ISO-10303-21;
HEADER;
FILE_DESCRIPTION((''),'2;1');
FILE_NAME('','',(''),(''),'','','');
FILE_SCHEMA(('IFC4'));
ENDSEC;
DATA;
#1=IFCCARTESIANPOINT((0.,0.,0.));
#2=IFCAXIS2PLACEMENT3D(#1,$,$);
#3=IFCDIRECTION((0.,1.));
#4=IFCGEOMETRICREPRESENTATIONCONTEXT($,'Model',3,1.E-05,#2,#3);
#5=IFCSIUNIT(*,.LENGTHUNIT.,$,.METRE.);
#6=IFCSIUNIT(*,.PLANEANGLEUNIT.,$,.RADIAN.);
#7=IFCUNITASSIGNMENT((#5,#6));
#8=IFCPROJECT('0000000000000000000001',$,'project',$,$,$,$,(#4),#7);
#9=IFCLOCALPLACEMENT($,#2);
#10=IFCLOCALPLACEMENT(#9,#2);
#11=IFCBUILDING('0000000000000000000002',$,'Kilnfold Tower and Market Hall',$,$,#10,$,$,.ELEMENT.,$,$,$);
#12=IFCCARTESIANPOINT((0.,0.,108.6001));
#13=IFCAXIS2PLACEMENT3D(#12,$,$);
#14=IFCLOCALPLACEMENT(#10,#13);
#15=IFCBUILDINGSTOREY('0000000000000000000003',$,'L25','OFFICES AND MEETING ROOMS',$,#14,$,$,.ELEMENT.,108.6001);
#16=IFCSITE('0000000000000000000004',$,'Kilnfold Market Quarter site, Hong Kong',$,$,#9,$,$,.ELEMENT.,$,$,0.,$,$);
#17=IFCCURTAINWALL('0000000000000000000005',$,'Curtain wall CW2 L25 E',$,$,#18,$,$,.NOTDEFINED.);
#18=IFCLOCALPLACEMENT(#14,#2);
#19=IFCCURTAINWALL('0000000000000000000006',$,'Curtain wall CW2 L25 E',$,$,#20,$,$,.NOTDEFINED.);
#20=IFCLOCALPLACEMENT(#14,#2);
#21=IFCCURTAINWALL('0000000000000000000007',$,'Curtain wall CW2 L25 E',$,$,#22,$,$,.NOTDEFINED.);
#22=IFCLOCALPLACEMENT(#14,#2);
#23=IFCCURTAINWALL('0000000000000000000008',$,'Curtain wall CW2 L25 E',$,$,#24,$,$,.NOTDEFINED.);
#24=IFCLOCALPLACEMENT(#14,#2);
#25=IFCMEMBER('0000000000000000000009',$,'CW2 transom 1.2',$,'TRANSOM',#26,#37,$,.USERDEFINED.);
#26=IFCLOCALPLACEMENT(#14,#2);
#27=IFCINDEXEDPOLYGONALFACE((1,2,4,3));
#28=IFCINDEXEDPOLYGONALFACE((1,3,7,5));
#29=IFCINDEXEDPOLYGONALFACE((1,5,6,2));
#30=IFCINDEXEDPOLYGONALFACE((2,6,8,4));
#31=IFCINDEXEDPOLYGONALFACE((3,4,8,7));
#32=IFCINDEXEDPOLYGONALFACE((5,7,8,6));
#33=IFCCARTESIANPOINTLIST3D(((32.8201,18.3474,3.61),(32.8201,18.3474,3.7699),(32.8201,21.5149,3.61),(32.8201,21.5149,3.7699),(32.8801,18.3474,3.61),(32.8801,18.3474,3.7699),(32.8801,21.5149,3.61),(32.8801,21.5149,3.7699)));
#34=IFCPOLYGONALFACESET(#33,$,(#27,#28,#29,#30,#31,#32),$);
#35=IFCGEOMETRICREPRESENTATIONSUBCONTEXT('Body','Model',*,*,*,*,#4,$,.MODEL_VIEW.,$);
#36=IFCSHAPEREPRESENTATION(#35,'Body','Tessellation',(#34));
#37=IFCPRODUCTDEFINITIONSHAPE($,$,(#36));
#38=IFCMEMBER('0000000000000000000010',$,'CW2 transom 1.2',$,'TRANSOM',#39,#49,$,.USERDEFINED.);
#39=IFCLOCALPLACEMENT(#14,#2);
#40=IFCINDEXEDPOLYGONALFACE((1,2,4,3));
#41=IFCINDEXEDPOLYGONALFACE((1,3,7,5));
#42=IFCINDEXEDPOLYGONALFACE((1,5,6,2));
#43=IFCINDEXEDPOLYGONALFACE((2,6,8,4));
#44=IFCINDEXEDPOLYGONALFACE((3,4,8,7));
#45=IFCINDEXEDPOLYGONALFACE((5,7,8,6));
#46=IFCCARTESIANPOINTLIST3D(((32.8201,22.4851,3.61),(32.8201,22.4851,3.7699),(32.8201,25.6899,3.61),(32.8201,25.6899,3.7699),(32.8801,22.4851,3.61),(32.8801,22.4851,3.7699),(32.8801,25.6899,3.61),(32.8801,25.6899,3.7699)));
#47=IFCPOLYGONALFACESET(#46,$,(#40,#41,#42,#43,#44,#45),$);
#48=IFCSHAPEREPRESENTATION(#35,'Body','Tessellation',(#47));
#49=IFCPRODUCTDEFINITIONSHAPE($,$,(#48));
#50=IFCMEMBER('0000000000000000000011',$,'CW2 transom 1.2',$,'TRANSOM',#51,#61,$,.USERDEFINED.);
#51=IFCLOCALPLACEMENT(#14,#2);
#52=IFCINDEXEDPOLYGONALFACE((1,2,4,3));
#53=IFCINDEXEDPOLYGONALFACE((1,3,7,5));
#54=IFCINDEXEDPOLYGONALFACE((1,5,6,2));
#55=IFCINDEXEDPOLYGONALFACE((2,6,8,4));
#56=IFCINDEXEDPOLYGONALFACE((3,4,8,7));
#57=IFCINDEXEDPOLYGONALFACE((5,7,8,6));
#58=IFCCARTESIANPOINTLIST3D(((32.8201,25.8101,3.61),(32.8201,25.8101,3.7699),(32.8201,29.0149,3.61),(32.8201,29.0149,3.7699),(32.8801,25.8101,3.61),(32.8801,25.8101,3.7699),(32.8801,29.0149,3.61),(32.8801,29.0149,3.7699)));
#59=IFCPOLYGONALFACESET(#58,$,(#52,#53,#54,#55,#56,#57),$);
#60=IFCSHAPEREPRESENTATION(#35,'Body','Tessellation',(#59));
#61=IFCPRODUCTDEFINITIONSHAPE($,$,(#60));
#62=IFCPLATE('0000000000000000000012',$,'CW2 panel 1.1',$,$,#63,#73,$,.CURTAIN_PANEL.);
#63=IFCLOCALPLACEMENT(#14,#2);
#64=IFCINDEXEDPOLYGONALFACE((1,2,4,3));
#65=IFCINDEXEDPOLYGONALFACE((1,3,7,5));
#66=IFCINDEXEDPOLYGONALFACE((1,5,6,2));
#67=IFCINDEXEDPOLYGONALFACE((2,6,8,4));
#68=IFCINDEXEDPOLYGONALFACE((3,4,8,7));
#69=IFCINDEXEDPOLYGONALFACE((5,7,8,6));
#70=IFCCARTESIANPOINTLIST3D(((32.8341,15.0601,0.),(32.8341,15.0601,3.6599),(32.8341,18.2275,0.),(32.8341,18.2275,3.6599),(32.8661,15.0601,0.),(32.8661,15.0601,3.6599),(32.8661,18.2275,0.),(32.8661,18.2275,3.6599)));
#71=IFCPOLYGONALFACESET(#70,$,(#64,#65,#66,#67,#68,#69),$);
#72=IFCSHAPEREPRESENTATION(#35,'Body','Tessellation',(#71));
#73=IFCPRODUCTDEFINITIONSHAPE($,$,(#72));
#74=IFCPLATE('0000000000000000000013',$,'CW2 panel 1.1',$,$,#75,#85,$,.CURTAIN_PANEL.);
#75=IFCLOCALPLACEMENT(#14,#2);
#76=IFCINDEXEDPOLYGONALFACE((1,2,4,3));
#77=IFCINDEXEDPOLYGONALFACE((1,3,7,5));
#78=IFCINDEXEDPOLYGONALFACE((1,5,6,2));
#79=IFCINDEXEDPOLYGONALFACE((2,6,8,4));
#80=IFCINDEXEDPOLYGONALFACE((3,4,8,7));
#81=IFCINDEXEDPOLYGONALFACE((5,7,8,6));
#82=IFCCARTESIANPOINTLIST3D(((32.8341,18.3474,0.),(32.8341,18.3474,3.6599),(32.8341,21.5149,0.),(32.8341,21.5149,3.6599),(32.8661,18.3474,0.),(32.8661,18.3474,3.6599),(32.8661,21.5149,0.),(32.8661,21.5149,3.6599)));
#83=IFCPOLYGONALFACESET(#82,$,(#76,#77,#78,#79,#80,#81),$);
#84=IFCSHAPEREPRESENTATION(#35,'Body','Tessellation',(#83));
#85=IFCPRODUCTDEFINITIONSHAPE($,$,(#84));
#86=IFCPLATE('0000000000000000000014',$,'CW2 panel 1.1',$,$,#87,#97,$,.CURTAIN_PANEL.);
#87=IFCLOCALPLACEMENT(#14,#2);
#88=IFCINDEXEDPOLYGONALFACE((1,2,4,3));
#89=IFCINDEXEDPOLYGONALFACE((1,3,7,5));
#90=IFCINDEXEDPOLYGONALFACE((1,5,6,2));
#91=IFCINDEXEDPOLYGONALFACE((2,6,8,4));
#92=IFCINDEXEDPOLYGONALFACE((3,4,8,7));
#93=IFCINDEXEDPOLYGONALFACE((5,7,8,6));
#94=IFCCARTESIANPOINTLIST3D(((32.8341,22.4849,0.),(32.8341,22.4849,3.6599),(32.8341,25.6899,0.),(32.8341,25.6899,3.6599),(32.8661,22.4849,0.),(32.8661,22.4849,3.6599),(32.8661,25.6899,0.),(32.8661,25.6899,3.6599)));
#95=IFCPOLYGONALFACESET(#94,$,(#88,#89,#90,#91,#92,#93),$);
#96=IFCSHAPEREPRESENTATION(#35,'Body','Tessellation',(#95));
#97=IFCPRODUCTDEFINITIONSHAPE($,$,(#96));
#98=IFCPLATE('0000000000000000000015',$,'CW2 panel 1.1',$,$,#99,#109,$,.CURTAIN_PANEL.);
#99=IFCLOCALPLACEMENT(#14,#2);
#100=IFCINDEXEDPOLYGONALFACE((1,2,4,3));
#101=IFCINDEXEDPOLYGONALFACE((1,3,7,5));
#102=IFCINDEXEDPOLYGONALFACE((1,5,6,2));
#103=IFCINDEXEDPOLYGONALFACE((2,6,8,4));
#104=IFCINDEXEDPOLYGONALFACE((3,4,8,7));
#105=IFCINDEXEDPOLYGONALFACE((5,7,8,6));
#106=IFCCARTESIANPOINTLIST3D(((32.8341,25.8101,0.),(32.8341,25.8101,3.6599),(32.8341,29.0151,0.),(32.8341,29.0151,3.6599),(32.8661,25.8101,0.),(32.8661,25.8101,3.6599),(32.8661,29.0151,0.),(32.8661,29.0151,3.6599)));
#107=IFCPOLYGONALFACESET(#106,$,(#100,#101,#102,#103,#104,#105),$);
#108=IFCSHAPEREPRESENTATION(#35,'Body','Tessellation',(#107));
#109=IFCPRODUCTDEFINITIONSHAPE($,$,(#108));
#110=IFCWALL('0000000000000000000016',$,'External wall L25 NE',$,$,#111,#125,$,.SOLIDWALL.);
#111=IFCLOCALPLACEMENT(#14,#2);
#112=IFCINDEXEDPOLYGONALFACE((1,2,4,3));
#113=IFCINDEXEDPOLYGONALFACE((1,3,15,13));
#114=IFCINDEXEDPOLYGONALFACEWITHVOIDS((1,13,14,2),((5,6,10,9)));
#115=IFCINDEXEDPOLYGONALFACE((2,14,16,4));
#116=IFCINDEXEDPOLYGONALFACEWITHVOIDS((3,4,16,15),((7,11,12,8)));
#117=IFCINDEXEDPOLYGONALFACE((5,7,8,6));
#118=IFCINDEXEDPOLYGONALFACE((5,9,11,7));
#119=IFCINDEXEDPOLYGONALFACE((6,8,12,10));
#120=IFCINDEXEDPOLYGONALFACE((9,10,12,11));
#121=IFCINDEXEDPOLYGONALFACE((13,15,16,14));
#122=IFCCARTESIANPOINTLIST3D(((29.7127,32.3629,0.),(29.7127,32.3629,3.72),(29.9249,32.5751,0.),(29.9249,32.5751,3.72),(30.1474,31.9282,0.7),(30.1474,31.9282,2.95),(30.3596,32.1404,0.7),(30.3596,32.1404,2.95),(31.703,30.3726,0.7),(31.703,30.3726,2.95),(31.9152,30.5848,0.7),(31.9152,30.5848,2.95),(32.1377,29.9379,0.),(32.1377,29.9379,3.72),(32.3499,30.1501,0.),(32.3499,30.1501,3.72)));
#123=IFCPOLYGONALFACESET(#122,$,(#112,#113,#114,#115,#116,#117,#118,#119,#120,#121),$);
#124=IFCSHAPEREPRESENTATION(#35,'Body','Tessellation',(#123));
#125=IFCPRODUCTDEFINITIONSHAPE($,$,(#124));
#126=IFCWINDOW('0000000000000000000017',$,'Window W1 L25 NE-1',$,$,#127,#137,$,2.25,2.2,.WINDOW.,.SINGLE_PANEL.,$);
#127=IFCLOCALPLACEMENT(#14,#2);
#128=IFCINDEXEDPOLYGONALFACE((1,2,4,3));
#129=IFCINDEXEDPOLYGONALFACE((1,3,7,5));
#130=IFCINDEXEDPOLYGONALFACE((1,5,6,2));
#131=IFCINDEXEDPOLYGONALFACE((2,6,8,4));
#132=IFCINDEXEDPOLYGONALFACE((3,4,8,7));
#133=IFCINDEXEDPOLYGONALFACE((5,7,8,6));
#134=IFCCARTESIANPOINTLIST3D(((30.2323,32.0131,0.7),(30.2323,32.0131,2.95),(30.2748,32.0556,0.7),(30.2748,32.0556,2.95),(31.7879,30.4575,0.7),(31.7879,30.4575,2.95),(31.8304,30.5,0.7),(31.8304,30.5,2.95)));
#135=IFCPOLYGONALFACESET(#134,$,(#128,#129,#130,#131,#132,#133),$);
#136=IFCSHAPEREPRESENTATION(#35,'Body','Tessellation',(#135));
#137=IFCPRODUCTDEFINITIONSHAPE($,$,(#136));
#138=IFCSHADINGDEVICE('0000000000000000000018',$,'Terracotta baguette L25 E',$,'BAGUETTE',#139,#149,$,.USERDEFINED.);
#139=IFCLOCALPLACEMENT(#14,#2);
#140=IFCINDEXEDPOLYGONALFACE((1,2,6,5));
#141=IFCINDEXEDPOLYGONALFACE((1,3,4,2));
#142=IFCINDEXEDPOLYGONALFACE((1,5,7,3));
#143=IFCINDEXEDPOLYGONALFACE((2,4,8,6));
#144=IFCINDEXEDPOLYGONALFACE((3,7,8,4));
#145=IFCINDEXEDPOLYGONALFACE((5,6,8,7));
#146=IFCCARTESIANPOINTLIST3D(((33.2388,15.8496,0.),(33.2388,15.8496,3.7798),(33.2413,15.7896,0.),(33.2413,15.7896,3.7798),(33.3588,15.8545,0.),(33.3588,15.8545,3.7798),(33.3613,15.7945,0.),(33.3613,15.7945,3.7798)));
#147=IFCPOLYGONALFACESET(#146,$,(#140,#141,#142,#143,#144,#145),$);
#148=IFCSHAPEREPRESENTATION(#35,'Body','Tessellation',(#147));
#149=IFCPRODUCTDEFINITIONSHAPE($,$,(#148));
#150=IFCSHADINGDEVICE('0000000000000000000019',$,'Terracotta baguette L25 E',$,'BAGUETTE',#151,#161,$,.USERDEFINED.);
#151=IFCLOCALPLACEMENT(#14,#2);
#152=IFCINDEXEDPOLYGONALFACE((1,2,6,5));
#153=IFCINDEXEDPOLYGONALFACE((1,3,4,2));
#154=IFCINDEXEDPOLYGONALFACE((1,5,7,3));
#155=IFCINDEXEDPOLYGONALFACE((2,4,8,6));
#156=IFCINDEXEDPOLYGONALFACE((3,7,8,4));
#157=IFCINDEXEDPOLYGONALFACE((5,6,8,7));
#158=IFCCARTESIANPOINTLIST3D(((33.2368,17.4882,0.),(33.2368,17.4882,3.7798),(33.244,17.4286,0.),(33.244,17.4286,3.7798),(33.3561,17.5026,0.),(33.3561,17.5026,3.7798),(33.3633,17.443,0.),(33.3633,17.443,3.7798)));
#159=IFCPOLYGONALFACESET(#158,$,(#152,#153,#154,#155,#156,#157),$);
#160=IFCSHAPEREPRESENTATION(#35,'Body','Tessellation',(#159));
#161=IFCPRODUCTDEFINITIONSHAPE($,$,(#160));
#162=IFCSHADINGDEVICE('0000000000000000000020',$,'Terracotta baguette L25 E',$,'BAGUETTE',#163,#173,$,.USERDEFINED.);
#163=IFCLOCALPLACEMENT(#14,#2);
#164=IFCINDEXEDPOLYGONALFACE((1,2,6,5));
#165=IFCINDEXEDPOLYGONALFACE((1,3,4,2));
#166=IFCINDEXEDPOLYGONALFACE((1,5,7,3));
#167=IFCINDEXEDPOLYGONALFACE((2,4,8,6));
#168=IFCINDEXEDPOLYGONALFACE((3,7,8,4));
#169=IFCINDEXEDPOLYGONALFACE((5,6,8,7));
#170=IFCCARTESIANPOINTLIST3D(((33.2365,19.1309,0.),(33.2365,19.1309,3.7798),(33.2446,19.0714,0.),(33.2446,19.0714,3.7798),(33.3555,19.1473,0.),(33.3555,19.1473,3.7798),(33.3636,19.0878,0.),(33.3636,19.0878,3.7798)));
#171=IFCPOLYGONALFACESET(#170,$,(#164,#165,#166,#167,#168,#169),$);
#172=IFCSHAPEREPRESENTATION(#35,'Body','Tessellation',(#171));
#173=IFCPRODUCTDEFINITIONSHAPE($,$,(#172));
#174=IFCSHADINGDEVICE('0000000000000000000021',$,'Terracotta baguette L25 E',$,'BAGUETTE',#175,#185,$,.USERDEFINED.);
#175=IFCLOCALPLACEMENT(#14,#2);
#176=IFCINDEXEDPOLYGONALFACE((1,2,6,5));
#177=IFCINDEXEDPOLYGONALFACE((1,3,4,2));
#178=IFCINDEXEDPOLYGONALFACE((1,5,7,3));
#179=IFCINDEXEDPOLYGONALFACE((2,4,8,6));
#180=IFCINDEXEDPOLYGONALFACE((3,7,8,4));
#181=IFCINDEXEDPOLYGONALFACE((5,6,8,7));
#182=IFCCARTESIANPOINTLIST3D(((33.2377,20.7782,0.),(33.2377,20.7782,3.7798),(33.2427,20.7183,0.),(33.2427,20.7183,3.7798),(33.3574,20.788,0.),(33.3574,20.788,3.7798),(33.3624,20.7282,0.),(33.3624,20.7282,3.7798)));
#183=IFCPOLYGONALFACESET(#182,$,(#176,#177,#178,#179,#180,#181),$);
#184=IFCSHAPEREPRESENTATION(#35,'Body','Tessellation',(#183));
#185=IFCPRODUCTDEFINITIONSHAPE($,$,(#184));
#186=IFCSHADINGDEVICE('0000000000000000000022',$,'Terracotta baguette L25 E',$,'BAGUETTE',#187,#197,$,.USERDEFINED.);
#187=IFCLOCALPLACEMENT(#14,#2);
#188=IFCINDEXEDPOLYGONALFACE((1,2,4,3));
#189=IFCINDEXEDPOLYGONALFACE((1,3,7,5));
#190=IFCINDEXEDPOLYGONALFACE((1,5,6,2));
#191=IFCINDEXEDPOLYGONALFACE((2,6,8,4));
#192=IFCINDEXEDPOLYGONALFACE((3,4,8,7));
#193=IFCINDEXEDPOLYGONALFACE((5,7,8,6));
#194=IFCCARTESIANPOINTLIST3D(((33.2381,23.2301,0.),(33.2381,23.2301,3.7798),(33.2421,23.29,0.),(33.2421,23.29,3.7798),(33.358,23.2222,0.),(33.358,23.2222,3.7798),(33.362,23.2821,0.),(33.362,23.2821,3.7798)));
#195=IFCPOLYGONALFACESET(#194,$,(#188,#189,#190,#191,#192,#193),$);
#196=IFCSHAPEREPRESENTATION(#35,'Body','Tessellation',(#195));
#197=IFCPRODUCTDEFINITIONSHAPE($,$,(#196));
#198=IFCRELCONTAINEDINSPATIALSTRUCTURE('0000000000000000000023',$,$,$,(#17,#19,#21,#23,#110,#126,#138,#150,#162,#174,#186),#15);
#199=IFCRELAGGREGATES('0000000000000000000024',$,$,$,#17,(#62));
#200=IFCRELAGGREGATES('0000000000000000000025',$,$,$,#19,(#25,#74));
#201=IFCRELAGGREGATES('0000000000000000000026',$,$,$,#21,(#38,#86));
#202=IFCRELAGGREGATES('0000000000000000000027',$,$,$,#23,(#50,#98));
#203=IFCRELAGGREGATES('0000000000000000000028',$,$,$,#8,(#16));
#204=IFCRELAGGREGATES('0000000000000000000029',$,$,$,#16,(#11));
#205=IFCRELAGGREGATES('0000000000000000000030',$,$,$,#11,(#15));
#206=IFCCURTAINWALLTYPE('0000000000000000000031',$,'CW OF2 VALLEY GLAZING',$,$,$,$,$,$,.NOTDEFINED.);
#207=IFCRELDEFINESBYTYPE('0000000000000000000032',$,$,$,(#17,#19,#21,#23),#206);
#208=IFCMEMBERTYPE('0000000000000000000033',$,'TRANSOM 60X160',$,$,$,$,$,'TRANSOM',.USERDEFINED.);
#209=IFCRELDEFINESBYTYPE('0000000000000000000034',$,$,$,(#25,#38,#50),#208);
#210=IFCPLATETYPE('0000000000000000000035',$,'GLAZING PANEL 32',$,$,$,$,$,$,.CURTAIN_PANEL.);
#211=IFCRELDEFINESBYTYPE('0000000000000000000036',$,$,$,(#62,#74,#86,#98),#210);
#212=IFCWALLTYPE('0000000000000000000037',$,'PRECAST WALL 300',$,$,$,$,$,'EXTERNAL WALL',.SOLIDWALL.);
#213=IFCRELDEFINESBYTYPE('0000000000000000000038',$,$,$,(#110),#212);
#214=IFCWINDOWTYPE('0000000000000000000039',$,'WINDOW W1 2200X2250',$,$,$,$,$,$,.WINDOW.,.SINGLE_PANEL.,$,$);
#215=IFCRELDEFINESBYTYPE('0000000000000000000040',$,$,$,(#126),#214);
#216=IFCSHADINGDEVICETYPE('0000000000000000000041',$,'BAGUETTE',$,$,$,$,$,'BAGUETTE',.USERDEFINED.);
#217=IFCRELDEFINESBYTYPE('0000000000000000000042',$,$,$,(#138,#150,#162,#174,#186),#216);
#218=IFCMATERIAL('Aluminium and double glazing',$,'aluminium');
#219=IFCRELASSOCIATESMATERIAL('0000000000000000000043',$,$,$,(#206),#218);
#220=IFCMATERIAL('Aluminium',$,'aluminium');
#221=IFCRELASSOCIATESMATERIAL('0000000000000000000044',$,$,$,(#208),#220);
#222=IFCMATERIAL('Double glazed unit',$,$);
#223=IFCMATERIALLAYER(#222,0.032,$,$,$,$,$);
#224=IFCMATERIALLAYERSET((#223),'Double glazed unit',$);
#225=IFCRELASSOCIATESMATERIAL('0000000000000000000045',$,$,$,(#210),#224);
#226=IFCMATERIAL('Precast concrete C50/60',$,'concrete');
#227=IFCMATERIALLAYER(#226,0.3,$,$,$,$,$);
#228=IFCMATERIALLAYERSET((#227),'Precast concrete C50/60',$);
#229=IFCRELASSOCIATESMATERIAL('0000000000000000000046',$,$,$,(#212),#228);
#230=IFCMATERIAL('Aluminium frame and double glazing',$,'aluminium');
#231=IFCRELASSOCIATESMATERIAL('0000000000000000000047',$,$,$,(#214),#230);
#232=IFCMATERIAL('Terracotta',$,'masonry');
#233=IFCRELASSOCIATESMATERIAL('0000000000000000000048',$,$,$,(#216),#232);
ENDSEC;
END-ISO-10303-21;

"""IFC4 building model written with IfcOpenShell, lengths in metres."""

from ifc_helpers import new_model, si_unit, direction, frame, frame_2d, origin, origin_2d, place, context, subcontext, project, spatial, rectangle, extrude, source, transform, mapped, material, layer, layer_set, material_profile, profile_set, type_object, element, fill, aggregate, save


model = new_model("IFC4")

# Units and contexts
model_context = context("Model", 3, precision=1e-05, world=origin(), true_north=direction((0.0, 1.0)))
body_context = subcontext(model_context, "Body", "Model", "MODEL_VIEW")
ifc_project = project(units=[si_unit("LENGTHUNIT", "METRE"), si_unit("PLANEANGLEUNIT", "RADIAN")], contexts=[model_context])

# Site, building, storey
site_placement = place(None, origin())
site = spatial("IfcSite", under=ifc_project, at=site_placement, Name="Kilnfold Market Quarter site, Hong Kong", CompositionType="ELEMENT", RefElevation=0.0)
building_placement = place(site_placement, origin())
building = spatial("IfcBuilding", under=site, at=building_placement, Name="Kilnfold Tower and Market Hall", CompositionType="ELEMENT")
storey_placement = place(building_placement, frame((0.0, 0.0, 108.6001)))
storey = spatial("IfcBuildingStorey", under=building, at=storey_placement, Name="L25", Description="OFFICES AND MEETING ROOMS", CompositionType="ELEMENT", Elevation=108.6001)

# Shared definitions
ifc_material_1 = material(Name="Aluminium and double glazing", Category="aluminium")
curtain_wall_type = type_object("IfcCurtainWallType", Name="CW OF2 VALLEY GLAZING", PredefinedType="NOTDEFINED", material=ifc_material_1)

# Curtain walls
curtain_wall_1_placement = place(storey_placement, origin())
curtain_wall_1 = element("IfcCurtainWall", 1, at=curtain_wall_1_placement, inside=storey, type_object=curtain_wall_type, Name="Curtain wall CW2 L25 E", PredefinedType="NOTDEFINED")
curtain_wall_2_placement = place(storey_placement, origin())
curtain_wall_2 = element("IfcCurtainWall", 2, at=curtain_wall_2_placement, inside=storey, type_object=curtain_wall_type, Name="Curtain wall CW2 L25 E", PredefinedType="NOTDEFINED")
curtain_wall_3_placement = place(storey_placement, origin())
curtain_wall_3 = element("IfcCurtainWall", 3, at=curtain_wall_3_placement, inside=storey, type_object=curtain_wall_type, Name="Curtain wall CW2 L25 E", PredefinedType="NOTDEFINED")
curtain_wall_4_placement = place(storey_placement, origin())
curtain_wall_4 = element("IfcCurtainWall", 4, at=curtain_wall_4_placement, inside=storey, type_object=curtain_wall_type, Name="Curtain wall CW2 L25 E", PredefinedType="NOTDEFINED")

# Members
ifc_material_2 = material(Name="Aluminium", Category="aluminium")
ifc_material_profile_1 = material_profile(ifc_material_2, rectangle(XDim=0.0601, YDim=0.1599, at=origin_2d()), Name="TRANSOM 60x160")
ifc_profile_set_1 = profile_set([ifc_material_profile_1], Name="Aluminium")
member_type_1 = type_object("IfcMemberType", Name="TRANSOM 60X160", ElementType="TRANSOM", PredefinedType="USERDEFINED", material=ifc_profile_set_1)
shared_shape_1 = source(origin(), body_context, "Body", "SweptSolid", [
    extrude(rectangle(XDim=0.0601, YDim=0.1599, at=origin_2d()), origin(), (0.0, 0.0, 1.0), 3.1675),
])
member_1_placement = place(storey_placement, frame((32.8501, 18.3474, 3.6899), z_axis=(0.0, 1.0, 0.0), x_axis=(-1.0, 0.0, 0.0)))
member_1 = element("IfcMember", 5, at=member_1_placement, type_object=member_type_1, Name="CW2 transom 1.2", ObjectType="TRANSOM", PredefinedType="USERDEFINED", context=body_context, shape_type="MappedRepresentation", body=[
    mapped(shared_shape_1, transform((0.0, 0.0, 0.0))),
])
shared_shape_2 = source(origin(), body_context, "Body", "SweptSolid", [
    extrude(rectangle(XDim=0.0601, YDim=0.1599, at=origin_2d()), origin(), (0.0, 0.0, 1.0), 3.2048),
])
member_2_placement = place(storey_placement, frame((32.8501, 22.4851, 3.6899), z_axis=(0.0, 1.0, 0.0), x_axis=(-1.0, 0.0, 0.0)))
member_2 = element("IfcMember", 6, at=member_2_placement, type_object=member_type_1, Name="CW2 transom 1.2", ObjectType="TRANSOM", PredefinedType="USERDEFINED", context=body_context, shape_type="MappedRepresentation", body=[
    mapped(shared_shape_2, transform((0.0, 0.0, 0.0))),
])
member_3_placement = place(storey_placement, frame((32.8501, 25.8101, 3.6899), z_axis=(0.0, 1.0, 0.0), x_axis=(-1.0, 0.0, 0.0)))
member_3 = element("IfcMember", 7, at=member_3_placement, type_object=member_type_1, Name="CW2 transom 1.2", ObjectType="TRANSOM", PredefinedType="USERDEFINED", context=body_context, shape_type="MappedRepresentation", body=[
    mapped(shared_shape_2, transform((0.0, 0.0, 0.0))),
])

# Plates
ifc_material_3 = material(Name="Double glazed unit")
ifc_layer_1 = layer(ifc_material_3, 0.032)
ifc_layer_set_1 = layer_set([ifc_layer_1], Name="Double glazed unit")
plate_type = type_object("IfcPlateType", Name="GLAZING PANEL 32", PredefinedType="CURTAIN_PANEL", material=ifc_layer_set_1)
shared_shape_3 = source(origin(), body_context, "Body", "SweptSolid", [
    extrude(rectangle(XDim=3.1675, YDim=0.032, at=origin_2d()), origin(), (0.0, 0.0, 1.0), 3.6599),
])
plate_1_placement = place(storey_placement, frame((32.8501, 16.6438, 0.0), z_axis=(0.0, 0.0, 1.0), x_axis=(0.0, 1.0, 0.0)))
plate_1 = element("IfcPlate", 8, at=plate_1_placement, type_object=plate_type, Name="CW2 panel 1.1", PredefinedType="CURTAIN_PANEL", context=body_context, shape_type="MappedRepresentation", body=[
    mapped(shared_shape_3, transform((0.0, 0.0, 0.0))),
])
aggregate(curtain_wall_1, [plate_1])
plate_2_placement = place(storey_placement, frame((32.8501, 19.9312, 0.0), z_axis=(0.0, 0.0, 1.0), x_axis=(0.0, 1.0, 0.0)))
plate_2 = element("IfcPlate", 9, at=plate_2_placement, type_object=plate_type, Name="CW2 panel 1.1", PredefinedType="CURTAIN_PANEL", context=body_context, shape_type="MappedRepresentation", body=[
    mapped(shared_shape_3, transform((0.0, 0.0, 0.0))),
])
aggregate(curtain_wall_2, [member_1, plate_2])
shared_shape_4 = source(origin(), body_context, "Body", "SweptSolid", [
    extrude(rectangle(XDim=3.2051, YDim=0.032, at=origin_2d()), origin(), (0.0, 0.0, 1.0), 3.6599),
])
plate_3_placement = place(storey_placement, frame((32.8501, 24.0874, 0.0), z_axis=(0.0, 0.0, 1.0), x_axis=(0.0, 1.0, 0.0)))
plate_3 = element("IfcPlate", 10, at=plate_3_placement, type_object=plate_type, Name="CW2 panel 1.1", PredefinedType="CURTAIN_PANEL", context=body_context, shape_type="MappedRepresentation", body=[
    mapped(shared_shape_4, transform((0.0, 0.0, 0.0))),
])
aggregate(curtain_wall_3, [member_2, plate_3])
plate_4_placement = place(storey_placement, frame((32.8501, 27.4126, 0.0), z_axis=(0.0, 0.0, 1.0), x_axis=(0.0, 1.0, 0.0)))
plate_4 = element("IfcPlate", 11, at=plate_4_placement, type_object=plate_type, Name="CW2 panel 1.1", PredefinedType="CURTAIN_PANEL", context=body_context, shape_type="MappedRepresentation", body=[
    mapped(shared_shape_4, transform((0.0, 0.0, 0.0))),
])
aggregate(curtain_wall_4, [member_3, plate_4])

# Wall, opening, window
ifc_material_4 = material(Name="Precast concrete C50/60", Category="concrete")
ifc_layer_2 = layer(ifc_material_4, 0.3)
ifc_layer_set_2 = layer_set([ifc_layer_2], Name="Precast concrete C50/60")
wall_type = type_object("IfcWallType", Name="PRECAST WALL 300", ElementType="EXTERNAL WALL", PredefinedType="SOLIDWALL", material=ifc_layer_set_2)
shared_shape_5 = source(origin(), body_context, "Body", "SweptSolid", [
    extrude(rectangle(XDim=3.4294, YDim=0.3, at=frame_2d((1.7148, 0.0))), origin(), (0.0, 0.0, 1.0), 3.72),
])
wall_placement = place(storey_placement, frame((32.2439, 30.0439, 0.0), z_axis=(0.0, 0.0, 1.0), x_axis=(-0.707107, 0.707107, 0.0)))
wall = element("IfcWall", 12, at=wall_placement, inside=storey, type_object=wall_type, Name="External wall L25 NE", PredefinedType="SOLIDWALL", context=body_context, shape_type="MappedRepresentation", body=[
    mapped(shared_shape_5, transform((0.0, 0.0, 0.0))),
])
opening_placement = place(wall_placement, frame((0.6147, 0.0, 0.7)))
opening = element("IfcOpeningElement", 13, at=opening_placement, cuts=wall, PredefinedType="OPENING", context=body_context, shape_type="SweptSolid", body=[
    extrude(rectangle(XDim=2.2, YDim=2.25, at=frame_2d((1.1001, 1.125))), frame((0.0, 0.1602, 0.0), z_axis=(0.0, -1.0, 0.0), x_axis=(1.0, 0.0, 0.0)), (0.0, 0.0, 1.0), 0.3201),
])
ifc_material_5 = material(Name="Aluminium frame and double glazing", Category="aluminium")
window_type = type_object("IfcWindowType", Name="WINDOW W1 2200X2250", PartitioningType="SINGLE_PANEL", PredefinedType="WINDOW", material=ifc_material_5)
window_placement = place(opening_placement, origin())
window = element("IfcWindow", 14, at=window_placement, inside=storey, type_object=window_type, Name="Window W1 L25 NE-1", OverallHeight=2.25, OverallWidth=2.2, PartitioningType="SINGLE_PANEL", PredefinedType="WINDOW", context=body_context, shape_type="SweptSolid", body=[
    extrude(rectangle(XDim=2.2, YDim=2.25, at=frame_2d((1.1001, 1.125))), frame((0.0, 0.03, 0.0), z_axis=(0.0, -1.0, 0.0), x_axis=(1.0, 0.0, 0.0)), (0.0, 0.0, 1.0), 0.0601),
])
fill(opening, window)

# Shading devices
ifc_material_6 = material(Name="Terracotta", Category="masonry")
ifc_material_profile_2 = material_profile(ifc_material_6, rectangle(XDim=0.0601, YDim=0.1201, at=origin_2d()), Name="BAG 60x120")
ifc_profile_set_2 = profile_set([ifc_material_profile_2], Name="Terracotta")
shading_device_type = type_object("IfcShadingDeviceType", Name="BAGUETTE", ElementType="BAGUETTE", PredefinedType="USERDEFINED", material=ifc_profile_set_2)
shared_shape_6 = source(origin(), body_context, "Body", "SweptSolid", [
    extrude(rectangle(XDim=0.0601, YDim=0.1201, at=origin_2d()), origin(), (0.0, 0.0, 1.0), 3.7798),
])
for number, where, z_axis, x_axis, name in (
    (15, (33.3, 15.822, 0.0), (0.0, 0.0, 1.0), (-0.041082, 0.999156, 0.0), "Terracotta baguette L25 E"),
    (16, (33.3, 17.4656, 0.0), (0.0, 0.0, 1.0), (-0.119873, 0.992789, 0.0), "Terracotta baguette L25 E"),
    (17, (33.3, 19.1094, 0.0), (0.0, 0.0, 1.0), (-0.136322, 0.990665, 0.0), "Terracotta baguette L25 E"),
    (18, (33.3, 20.7532, 0.0), (0.0, 0.0, 1.0), (-0.082137, 0.996621, 0.0), "Terracotta baguette L25 E"),
    (19, (33.3, 23.2561, 0.0), (0.0, 0.0, 1.0), (0.066115, 0.997812, 0.0), "Terracotta baguette L25 E"),
):
    element("IfcShadingDevice", number, at=place(storey_placement, frame(where, z_axis=z_axis, x_axis=x_axis)), inside=storey, type_object=shading_device_type, Name=name, ObjectType="BAGUETTE", PredefinedType="USERDEFINED", context=body_context, shape_type="MappedRepresentation", body=[
        mapped(shared_shape_6, transform((0.0, 0.0, 0.0))),
    ])

save(model, "model.ifc")
